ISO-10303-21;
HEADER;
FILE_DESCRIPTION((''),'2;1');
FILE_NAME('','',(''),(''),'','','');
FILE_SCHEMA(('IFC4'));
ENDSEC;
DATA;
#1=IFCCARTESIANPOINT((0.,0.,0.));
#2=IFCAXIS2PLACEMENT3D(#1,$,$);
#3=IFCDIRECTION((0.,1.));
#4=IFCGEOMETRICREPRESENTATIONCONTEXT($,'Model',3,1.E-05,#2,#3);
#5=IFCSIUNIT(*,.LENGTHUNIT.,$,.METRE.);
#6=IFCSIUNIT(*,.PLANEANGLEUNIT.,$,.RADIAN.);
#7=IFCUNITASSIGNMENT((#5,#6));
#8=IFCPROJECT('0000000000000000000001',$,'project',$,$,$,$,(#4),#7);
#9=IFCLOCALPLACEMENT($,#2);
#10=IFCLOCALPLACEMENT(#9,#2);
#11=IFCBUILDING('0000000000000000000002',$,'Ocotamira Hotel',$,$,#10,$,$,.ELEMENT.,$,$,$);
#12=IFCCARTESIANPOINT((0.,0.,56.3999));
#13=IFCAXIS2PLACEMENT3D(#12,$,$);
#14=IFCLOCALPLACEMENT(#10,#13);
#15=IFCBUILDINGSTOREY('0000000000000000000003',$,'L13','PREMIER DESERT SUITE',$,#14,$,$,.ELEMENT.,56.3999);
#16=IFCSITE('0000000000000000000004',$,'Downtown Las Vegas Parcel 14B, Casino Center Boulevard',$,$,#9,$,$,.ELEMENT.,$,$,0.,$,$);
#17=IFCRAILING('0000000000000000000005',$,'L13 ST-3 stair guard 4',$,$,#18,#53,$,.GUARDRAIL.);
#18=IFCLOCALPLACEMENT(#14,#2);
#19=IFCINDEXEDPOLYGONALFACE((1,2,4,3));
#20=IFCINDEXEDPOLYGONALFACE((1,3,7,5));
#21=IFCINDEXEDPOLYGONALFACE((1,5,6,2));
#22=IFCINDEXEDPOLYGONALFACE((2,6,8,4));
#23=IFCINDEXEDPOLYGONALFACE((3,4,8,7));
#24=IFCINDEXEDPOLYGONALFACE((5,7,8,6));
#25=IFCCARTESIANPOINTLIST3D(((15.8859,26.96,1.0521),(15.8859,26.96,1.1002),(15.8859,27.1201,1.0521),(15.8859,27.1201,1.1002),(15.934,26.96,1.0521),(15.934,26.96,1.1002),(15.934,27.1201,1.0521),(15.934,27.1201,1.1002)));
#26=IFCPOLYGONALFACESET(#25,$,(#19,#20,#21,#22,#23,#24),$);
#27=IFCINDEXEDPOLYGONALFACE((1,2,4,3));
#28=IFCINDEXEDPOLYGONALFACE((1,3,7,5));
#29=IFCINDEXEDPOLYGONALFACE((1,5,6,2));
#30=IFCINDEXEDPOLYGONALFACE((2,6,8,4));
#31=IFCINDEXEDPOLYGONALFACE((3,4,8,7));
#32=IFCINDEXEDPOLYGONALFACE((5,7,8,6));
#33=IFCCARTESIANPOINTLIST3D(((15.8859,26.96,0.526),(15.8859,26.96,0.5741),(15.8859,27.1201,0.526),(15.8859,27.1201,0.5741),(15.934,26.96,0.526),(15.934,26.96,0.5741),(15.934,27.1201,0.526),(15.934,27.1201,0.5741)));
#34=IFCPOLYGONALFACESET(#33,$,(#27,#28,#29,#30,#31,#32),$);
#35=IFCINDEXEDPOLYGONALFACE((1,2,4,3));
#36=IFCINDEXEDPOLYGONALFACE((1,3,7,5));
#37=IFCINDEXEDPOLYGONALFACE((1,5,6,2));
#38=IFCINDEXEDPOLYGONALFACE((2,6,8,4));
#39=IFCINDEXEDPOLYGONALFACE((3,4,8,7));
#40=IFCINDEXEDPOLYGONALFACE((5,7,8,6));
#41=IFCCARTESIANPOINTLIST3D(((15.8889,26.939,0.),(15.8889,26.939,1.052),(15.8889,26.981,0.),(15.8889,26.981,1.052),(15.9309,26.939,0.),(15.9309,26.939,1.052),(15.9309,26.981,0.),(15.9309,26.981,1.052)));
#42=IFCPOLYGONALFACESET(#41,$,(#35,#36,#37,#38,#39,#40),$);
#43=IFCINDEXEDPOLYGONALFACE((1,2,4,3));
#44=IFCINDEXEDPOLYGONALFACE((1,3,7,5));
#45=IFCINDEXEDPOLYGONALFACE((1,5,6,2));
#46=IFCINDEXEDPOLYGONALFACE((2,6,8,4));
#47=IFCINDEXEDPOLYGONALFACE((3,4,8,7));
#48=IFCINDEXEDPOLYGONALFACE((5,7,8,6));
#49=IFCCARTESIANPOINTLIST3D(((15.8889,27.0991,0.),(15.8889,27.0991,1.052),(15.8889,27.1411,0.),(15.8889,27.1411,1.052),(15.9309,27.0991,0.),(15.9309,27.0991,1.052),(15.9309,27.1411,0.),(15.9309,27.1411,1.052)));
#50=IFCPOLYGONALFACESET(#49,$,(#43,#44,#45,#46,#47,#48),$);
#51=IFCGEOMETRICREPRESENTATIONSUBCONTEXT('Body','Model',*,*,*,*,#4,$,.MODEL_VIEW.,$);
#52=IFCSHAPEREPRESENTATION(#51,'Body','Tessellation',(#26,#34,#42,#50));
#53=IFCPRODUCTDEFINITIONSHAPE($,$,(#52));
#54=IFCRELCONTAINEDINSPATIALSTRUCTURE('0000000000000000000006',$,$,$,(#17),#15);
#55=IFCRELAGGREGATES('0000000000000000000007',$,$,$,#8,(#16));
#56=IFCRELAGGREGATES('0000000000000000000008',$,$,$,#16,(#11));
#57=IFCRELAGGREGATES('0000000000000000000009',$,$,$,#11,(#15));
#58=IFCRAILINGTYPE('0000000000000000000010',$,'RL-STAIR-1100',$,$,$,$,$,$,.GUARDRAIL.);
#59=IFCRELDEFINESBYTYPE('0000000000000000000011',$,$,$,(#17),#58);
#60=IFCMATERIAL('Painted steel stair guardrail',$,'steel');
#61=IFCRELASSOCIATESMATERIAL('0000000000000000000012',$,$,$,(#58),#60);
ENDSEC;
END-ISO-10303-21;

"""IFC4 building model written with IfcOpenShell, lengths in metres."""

from ifc_helpers import new_model, si_unit, direction, frame, origin, origin_2d, place, context, subcontext, project, spatial, rectangle, extrude, material, type_object, element, save


model = new_model("IFC4")

# Units and contexts
model_context = context("Model", 3, precision=1e-05, world=origin(), true_north=direction((0.0, 1.0)))
body_context = subcontext(model_context, "Body", "Model", "MODEL_VIEW")
ifc_project = project(units=[si_unit("LENGTHUNIT", "METRE"), si_unit("PLANEANGLEUNIT", "RADIAN")], contexts=[model_context])

# Site, building, storey
site_placement = place(None, origin())
site = spatial("IfcSite", under=ifc_project, at=site_placement, Name="Downtown Las Vegas Parcel 14B, Casino Center Boulevard", CompositionType="ELEMENT", RefElevation=0.0)
building_placement = place(site_placement, origin())
building = spatial("IfcBuilding", under=site, at=building_placement, Name="Ocotamira Hotel", CompositionType="ELEMENT")
storey_placement = place(building_placement, frame((0.0, 0.0, 56.3999)))
storey = spatial("IfcBuildingStorey", under=building, at=storey_placement, Name="L13", Description="PREMIER DESERT SUITE", CompositionType="ELEMENT", Elevation=56.3999)

# Railing
ifc_material_1 = material(Name="Painted steel stair guardrail", Category="steel")
railing_type_1 = type_object("IfcRailingType", Name="RL-STAIR-1100", PredefinedType="GUARDRAIL", material=ifc_material_1)
railing_1_placement = place(storey_placement, frame((15.9099, 26.96, 0.0)))
element("IfcRailing", 1, at=railing_1_placement, inside=storey, type_object=railing_type_1, Name="L13 ST-3 stair guard 4", PredefinedType="GUARDRAIL", context=body_context, shape_type="SweptSolid", body=[
    extrude(rectangle(XDim=0.0481, YDim=0.0481, at=origin_2d()), frame((0.0, 0.0, 1.0762), z_axis=(0.0, 1.0, 0.0), x_axis=(-1.0, 0.0, 0.0)), (0.0, 0.0, 1.0), 0.1602),
    extrude(rectangle(XDim=0.0481, YDim=0.0481, at=origin_2d()), frame((0.0, 0.0, 0.55), z_axis=(0.0, 1.0, 0.0), x_axis=(-1.0, 0.0, 0.0)), (0.0, 0.0, 1.0), 0.1602),
    extrude(rectangle(XDim=0.042, YDim=0.042, at=origin_2d()), origin(), (0.0, 0.0, 1.0), 1.052),
    extrude(rectangle(XDim=0.042, YDim=0.042, at=origin_2d()), frame((0.0, 0.1602, 0.0)), (0.0, 0.0, 1.0), 1.052),
])

save(model, "model.ifc")
